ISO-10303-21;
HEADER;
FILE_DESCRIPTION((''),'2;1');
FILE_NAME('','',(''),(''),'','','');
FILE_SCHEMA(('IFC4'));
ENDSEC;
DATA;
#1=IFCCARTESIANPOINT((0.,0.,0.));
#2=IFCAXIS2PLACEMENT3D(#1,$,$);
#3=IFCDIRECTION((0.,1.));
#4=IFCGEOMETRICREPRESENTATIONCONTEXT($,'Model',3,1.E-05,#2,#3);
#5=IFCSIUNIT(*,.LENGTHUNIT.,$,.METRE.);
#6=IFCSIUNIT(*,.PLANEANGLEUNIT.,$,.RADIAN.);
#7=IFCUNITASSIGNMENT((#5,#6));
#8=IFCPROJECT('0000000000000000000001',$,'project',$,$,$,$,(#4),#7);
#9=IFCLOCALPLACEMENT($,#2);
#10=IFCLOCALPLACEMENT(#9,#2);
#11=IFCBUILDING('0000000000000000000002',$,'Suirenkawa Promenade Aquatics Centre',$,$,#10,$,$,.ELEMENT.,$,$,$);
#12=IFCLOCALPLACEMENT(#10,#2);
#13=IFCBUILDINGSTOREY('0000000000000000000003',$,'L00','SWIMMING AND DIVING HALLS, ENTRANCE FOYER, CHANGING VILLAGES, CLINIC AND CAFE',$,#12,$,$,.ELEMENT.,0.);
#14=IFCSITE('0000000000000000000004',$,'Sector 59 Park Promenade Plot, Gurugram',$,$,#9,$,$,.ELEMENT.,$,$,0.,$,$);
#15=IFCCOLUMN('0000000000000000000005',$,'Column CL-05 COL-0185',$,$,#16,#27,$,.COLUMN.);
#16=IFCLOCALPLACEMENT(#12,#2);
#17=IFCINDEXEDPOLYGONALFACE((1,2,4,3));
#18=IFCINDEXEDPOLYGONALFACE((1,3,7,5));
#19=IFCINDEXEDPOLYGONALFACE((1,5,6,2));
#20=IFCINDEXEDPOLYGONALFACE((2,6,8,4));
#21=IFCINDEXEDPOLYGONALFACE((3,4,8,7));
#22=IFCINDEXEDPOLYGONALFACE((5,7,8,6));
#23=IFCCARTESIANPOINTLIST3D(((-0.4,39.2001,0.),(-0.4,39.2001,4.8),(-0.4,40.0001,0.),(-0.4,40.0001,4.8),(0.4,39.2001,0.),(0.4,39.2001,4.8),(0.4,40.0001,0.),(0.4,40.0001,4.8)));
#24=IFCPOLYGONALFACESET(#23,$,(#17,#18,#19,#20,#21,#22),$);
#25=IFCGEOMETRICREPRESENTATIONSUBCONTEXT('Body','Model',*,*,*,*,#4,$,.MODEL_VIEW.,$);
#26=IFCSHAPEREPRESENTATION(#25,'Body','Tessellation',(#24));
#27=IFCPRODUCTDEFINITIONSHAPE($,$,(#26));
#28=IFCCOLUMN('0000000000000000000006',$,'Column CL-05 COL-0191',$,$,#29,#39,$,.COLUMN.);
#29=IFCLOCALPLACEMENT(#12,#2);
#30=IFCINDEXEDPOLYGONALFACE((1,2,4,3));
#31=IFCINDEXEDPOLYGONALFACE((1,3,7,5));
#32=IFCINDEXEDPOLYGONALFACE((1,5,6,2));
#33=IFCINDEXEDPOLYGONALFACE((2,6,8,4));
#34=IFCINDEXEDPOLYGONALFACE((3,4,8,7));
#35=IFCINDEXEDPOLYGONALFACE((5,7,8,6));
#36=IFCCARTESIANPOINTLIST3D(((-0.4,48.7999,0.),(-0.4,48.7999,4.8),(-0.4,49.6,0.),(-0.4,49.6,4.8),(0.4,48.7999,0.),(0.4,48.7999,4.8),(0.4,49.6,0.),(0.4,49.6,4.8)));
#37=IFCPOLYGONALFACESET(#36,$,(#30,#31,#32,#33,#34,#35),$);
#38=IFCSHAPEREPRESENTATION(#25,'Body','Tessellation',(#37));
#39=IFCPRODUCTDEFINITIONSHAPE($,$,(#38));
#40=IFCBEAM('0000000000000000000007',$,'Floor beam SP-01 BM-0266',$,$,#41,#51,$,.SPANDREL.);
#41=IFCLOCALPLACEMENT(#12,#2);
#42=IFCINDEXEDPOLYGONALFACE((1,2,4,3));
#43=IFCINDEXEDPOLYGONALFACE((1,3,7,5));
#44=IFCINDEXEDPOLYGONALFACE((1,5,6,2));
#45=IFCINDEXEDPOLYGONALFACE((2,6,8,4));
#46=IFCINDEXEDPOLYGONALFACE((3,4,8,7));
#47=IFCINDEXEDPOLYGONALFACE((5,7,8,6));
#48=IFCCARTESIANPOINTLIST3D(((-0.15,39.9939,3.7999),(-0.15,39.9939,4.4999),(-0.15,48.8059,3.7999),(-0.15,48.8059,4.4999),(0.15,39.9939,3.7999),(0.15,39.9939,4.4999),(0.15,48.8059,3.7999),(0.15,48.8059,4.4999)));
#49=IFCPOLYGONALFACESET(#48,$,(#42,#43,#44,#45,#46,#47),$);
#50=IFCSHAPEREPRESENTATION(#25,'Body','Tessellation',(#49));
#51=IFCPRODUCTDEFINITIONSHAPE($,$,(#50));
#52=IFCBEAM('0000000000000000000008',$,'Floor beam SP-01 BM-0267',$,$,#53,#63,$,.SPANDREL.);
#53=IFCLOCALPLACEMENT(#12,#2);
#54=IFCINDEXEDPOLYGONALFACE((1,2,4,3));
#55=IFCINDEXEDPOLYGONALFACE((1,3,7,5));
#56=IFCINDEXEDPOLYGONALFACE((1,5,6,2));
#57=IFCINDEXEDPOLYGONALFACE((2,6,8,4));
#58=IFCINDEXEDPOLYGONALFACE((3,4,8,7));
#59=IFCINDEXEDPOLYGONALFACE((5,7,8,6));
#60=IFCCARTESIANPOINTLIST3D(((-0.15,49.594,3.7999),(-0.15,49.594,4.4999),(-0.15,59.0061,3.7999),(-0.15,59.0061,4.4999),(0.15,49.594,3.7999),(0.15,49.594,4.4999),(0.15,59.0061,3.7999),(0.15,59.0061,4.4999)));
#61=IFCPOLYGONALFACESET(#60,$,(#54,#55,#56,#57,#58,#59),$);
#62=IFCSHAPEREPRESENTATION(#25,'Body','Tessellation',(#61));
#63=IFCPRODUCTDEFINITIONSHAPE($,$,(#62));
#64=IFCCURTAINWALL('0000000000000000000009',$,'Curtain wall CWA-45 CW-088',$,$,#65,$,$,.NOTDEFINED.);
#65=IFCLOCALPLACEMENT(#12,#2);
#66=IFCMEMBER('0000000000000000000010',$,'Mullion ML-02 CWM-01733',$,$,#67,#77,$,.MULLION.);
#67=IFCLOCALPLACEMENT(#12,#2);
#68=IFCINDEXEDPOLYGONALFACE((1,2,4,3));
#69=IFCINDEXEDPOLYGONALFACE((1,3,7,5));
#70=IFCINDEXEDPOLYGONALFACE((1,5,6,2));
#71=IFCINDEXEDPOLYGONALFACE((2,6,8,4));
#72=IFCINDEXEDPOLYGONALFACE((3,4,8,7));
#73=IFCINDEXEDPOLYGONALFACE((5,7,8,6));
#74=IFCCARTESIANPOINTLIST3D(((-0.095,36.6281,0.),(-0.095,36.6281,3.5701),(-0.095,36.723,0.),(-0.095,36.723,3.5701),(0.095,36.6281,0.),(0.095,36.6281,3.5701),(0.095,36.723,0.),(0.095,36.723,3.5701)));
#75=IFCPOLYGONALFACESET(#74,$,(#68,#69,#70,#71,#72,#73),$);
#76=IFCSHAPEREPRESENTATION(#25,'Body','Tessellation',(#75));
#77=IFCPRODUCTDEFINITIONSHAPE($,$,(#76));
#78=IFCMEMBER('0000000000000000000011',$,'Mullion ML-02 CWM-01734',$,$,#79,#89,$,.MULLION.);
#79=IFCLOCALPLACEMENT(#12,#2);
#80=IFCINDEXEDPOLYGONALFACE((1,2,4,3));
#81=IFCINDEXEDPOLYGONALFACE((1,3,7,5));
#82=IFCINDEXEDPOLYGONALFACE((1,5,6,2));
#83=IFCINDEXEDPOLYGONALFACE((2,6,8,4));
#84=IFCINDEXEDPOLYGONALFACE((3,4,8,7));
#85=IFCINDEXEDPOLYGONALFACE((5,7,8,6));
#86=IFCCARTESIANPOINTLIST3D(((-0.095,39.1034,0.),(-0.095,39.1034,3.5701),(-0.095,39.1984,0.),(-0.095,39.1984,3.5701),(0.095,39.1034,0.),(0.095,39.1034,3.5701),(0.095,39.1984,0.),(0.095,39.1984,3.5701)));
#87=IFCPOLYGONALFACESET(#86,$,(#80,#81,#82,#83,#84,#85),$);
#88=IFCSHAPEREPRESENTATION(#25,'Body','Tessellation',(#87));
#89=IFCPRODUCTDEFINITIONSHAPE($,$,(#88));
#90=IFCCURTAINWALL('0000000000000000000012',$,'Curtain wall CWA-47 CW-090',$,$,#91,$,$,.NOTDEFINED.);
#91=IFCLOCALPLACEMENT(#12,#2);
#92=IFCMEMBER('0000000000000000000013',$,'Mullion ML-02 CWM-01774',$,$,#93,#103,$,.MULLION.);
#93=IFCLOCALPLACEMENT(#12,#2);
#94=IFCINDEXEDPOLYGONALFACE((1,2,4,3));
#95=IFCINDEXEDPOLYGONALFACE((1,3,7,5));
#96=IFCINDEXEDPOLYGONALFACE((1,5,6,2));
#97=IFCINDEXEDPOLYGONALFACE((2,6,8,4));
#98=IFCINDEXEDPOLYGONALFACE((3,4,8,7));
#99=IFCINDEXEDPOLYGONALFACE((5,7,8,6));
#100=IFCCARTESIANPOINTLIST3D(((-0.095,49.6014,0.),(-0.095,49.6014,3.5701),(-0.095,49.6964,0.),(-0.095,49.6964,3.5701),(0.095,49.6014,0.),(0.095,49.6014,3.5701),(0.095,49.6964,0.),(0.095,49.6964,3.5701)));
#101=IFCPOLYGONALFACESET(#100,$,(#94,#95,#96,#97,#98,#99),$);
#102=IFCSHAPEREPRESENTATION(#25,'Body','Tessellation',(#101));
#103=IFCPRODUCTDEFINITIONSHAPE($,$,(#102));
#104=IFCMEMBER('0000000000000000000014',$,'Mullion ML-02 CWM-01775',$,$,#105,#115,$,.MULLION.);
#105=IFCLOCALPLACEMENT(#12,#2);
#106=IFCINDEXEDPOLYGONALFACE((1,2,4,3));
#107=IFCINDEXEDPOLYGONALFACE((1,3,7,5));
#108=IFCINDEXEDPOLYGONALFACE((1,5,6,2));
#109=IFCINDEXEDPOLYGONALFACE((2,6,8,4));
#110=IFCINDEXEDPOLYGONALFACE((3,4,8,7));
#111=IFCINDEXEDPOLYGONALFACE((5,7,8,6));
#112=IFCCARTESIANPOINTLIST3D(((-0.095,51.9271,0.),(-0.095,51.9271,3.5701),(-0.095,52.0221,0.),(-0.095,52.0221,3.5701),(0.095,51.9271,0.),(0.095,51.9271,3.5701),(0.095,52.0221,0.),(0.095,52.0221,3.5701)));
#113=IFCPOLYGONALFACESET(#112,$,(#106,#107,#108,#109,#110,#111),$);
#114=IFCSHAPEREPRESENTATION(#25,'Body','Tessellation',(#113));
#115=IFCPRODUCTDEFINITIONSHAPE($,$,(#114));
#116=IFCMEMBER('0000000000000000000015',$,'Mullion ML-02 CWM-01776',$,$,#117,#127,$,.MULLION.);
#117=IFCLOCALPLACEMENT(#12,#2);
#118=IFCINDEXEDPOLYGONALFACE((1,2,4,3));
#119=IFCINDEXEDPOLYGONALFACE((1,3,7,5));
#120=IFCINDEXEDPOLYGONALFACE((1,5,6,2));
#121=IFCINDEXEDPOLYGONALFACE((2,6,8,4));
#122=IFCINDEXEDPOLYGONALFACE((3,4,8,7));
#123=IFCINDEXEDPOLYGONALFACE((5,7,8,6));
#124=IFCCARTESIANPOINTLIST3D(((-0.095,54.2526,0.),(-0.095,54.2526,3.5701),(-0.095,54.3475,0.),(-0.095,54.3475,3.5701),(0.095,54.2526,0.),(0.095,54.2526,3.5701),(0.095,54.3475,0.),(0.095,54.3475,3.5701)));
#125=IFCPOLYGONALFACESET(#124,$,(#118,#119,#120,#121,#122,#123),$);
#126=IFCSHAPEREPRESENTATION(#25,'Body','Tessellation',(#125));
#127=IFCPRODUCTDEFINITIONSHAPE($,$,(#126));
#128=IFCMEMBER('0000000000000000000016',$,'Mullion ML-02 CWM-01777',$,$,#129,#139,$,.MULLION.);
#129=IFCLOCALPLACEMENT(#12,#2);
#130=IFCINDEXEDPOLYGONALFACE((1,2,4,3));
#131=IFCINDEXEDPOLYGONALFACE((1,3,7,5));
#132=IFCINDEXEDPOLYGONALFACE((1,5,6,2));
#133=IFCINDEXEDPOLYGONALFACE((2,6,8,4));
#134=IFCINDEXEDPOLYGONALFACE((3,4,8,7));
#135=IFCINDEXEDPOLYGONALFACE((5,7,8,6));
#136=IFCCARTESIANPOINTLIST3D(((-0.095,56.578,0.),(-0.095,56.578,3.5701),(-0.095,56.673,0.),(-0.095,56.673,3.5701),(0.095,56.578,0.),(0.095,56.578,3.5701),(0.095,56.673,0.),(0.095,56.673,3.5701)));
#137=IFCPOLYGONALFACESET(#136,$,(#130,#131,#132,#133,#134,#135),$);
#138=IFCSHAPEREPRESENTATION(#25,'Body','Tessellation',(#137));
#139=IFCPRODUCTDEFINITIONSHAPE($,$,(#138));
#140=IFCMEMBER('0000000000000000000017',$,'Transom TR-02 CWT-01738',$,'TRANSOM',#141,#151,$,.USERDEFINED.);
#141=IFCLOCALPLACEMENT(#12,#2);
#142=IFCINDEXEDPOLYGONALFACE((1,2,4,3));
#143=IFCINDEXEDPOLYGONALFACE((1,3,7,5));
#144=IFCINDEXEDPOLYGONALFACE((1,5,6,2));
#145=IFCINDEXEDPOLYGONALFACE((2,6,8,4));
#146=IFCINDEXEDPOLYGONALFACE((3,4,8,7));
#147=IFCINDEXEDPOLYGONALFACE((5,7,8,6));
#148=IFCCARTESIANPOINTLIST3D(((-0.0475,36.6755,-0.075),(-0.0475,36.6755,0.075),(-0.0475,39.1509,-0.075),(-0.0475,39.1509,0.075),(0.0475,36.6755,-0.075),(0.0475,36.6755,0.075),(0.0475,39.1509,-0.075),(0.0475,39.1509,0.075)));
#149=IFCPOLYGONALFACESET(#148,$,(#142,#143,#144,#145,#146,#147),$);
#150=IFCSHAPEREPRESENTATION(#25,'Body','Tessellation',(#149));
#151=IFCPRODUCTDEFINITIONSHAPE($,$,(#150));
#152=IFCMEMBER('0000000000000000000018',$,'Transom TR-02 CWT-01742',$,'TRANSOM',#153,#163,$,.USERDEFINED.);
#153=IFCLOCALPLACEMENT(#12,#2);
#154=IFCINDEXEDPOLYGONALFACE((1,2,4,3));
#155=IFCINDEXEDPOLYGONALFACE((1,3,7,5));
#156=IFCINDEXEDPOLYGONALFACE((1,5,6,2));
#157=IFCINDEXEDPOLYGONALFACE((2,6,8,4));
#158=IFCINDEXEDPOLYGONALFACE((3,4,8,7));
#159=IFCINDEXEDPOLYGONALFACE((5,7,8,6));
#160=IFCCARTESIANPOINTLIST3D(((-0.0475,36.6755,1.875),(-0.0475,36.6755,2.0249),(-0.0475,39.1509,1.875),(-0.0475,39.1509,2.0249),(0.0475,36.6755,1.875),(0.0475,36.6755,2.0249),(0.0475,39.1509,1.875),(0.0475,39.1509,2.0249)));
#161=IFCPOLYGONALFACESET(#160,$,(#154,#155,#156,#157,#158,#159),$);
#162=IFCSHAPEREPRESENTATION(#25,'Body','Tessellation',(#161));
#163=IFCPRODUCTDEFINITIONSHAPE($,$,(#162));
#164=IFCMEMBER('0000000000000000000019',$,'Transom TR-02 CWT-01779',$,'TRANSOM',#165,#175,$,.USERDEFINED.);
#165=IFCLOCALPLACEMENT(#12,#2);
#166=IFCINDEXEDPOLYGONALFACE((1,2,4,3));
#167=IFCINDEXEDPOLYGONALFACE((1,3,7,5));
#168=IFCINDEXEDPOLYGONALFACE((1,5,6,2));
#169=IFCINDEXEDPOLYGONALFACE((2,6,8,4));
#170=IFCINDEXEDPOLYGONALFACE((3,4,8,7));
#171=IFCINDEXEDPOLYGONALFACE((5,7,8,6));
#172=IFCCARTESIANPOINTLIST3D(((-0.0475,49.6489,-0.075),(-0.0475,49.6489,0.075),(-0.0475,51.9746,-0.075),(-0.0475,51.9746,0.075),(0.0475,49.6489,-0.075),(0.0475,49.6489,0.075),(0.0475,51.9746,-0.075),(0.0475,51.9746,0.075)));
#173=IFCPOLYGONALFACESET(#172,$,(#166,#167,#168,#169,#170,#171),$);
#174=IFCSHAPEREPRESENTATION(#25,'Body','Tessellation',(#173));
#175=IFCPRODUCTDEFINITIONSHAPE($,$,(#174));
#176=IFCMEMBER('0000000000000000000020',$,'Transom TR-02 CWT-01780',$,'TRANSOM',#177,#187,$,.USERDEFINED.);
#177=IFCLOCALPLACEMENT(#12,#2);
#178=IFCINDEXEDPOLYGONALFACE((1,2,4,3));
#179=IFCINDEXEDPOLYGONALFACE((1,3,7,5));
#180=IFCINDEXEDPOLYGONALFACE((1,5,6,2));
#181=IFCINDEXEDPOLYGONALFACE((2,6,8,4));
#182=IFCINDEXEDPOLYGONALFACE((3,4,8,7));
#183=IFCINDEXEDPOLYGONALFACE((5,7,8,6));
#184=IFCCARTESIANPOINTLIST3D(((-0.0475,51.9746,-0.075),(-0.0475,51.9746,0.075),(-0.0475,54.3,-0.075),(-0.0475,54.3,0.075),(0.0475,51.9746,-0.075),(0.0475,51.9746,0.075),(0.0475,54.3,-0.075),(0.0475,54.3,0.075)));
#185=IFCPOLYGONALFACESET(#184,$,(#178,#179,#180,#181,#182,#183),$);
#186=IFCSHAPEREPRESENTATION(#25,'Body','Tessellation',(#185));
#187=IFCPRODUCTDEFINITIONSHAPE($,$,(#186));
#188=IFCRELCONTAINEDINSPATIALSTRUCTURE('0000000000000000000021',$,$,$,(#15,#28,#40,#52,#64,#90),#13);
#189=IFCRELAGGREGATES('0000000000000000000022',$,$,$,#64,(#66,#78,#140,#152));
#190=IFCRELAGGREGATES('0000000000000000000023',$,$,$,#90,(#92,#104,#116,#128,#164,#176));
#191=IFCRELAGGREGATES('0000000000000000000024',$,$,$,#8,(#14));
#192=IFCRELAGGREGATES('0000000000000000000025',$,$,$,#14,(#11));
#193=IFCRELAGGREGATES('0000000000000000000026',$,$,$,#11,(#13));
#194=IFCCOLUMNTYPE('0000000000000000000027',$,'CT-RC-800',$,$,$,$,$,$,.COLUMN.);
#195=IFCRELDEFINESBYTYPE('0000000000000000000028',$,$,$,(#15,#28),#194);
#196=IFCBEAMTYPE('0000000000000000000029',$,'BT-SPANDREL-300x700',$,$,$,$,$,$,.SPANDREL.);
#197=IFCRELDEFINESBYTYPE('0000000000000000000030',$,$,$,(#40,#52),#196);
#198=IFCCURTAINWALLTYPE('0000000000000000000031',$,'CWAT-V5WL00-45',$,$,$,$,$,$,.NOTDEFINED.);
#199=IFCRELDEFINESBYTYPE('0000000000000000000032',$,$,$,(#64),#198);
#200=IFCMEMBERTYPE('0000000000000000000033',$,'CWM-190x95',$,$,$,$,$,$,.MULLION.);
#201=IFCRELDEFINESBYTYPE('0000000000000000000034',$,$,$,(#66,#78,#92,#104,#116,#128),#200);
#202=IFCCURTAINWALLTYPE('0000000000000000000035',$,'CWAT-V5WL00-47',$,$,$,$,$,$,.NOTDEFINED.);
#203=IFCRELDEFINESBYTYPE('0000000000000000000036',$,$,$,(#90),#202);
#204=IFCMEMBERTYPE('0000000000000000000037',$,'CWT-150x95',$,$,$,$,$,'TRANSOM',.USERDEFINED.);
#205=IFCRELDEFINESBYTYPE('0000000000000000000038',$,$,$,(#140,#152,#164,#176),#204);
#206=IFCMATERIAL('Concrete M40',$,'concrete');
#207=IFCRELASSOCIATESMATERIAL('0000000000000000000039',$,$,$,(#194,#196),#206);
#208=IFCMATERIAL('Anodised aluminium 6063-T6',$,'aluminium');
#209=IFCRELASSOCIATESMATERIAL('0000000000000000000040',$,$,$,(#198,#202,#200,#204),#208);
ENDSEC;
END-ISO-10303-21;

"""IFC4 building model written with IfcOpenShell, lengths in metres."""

from ifc_helpers import new_model, si_unit, direction, frame, origin, origin_2d, place, context, subcontext, project, spatial, rectangle, extrude, material, material_profile, profile_set, type_object, element, aggregate, save


model = new_model("IFC4")

# Units and contexts
model_context = context("Model", 3, precision=1e-05, world=origin(), true_north=direction((0.0, 1.0)))
body_context = subcontext(model_context, "Body", "Model", "MODEL_VIEW")
ifc_project = project(units=[si_unit("LENGTHUNIT", "METRE"), si_unit("PLANEANGLEUNIT", "RADIAN")], contexts=[model_context])

# Site, building, storey
site_placement = place(None, origin())
site = spatial("IfcSite", under=ifc_project, at=site_placement, Name="Sector 59 Park Promenade Plot, Gurugram", CompositionType="ELEMENT", RefElevation=0.0)
building_placement = place(site_placement, origin())
building = spatial("IfcBuilding", under=site, at=building_placement, Name="Suirenkawa Promenade Aquatics Centre", CompositionType="ELEMENT")
storey_placement = place(building_placement, origin())
storey = spatial("IfcBuildingStorey", under=building, at=storey_placement, Name="L00", Description="SWIMMING AND DIVING HALLS, ENTRANCE FOYER, CHANGING VILLAGES, CLINIC AND CAFE", CompositionType="ELEMENT", Elevation=0.0)

# Columns
ifc_material_1 = material(Name="Concrete M40", Category="concrete")
ifc_material_profile_1 = material_profile(ifc_material_1, rectangle(XDim=0.8, YDim=0.8, at=origin_2d()), Name="RC COL 800x800", Category="concrete")
ifc_profile_set_1 = profile_set([ifc_material_profile_1], Name="Concrete M40")
column_type = type_object("IfcColumnType", Name="CT-RC-800", PredefinedType="COLUMN", material=ifc_profile_set_1)
for number, where, z_axis, x_axis, name in (
    (1, (0.0, 39.6001, 0.0), (0.0, 0.0, 1.0), (1.0, 0.0, 0.0), "Column CL-05 COL-0185"),
    (2, (0.0, 49.2, 0.0), (0.0, 0.0, 1.0), (1.0, 0.0, 0.0), "Column CL-05 COL-0191"),
):
    element("IfcColumn", number, at=place(storey_placement, frame(where, z_axis=z_axis, x_axis=x_axis)), inside=storey, type_object=column_type, Name=name, PredefinedType="COLUMN", context=body_context, shape_type="SweptSolid", body=[
        extrude(rectangle(XDim=0.8, YDim=0.8, at=origin_2d()), origin(), (0.0, 0.0, 1.0), 4.8),
    ])

# Beams
ifc_material_profile_2 = material_profile(ifc_material_1, rectangle(XDim=0.3, YDim=0.7, at=origin_2d()), Name="RC SPANDREL 300x700", Category="concrete")
ifc_profile_set_2 = profile_set([ifc_material_profile_2], Name="Concrete M40")
beam_type = type_object("IfcBeamType", Name="BT-SPANDREL-300x700", PredefinedType="SPANDREL", material=ifc_profile_set_2)
beam_1_placement = place(storey_placement, frame((0.0, 39.9939, 4.1499), z_axis=(0.0, 1.0, 0.0), x_axis=(-1.0, 0.0, 0.0)))
element("IfcBeam", 3, at=beam_1_placement, inside=storey, type_object=beam_type, Name="Floor beam SP-01 BM-0266", PredefinedType="SPANDREL", context=body_context, shape_type="SweptSolid", body=[
    extrude(rectangle(XDim=0.3, YDim=0.7, at=origin_2d()), origin(), (0.0, 0.0, 1.0), 8.812),
])
beam_2_placement = place(storey_placement, frame((0.0, 49.594, 4.1499), z_axis=(0.0, 1.0, 0.0), x_axis=(-1.0, 0.0, 0.0)))
element("IfcBeam", 4, at=beam_2_placement, inside=storey, type_object=beam_type, Name="Floor beam SP-01 BM-0267", PredefinedType="SPANDREL", context=body_context, shape_type="SweptSolid", body=[
    extrude(rectangle(XDim=0.3, YDim=0.7, at=origin_2d()), origin(), (0.0, 0.0, 1.0), 9.4121),
])

# Curtain walls, members
ifc_material_2 = material(Name="Anodised aluminium 6063-T6", Category="aluminium")
curtain_wall_type_1 = type_object("IfcCurtainWallType", Name="CWAT-V5WL00-45", PredefinedType="NOTDEFINED", material=ifc_material_2)
curtain_wall_1_placement = place(storey_placement, origin())
curtain_wall_1 = element("IfcCurtainWall", 5, at=curtain_wall_1_placement, inside=storey, type_object=curtain_wall_type_1, Name="Curtain wall CWA-45 CW-088", PredefinedType="NOTDEFINED")
ifc_material_profile_3 = material_profile(ifc_material_2, rectangle(XDim=0.095, YDim=0.1899, at=origin_2d()), Name="ALU MULL 95x190", Category="aluminium")
ifc_profile_set_3 = profile_set([ifc_material_profile_3], Name="Anodised aluminium 6063-T6")
member_type_1 = type_object("IfcMemberType", Name="CWM-190x95", PredefinedType="MULLION", material=ifc_profile_set_3)
member_1_placement = place(storey_placement, frame((0.0, 36.6755, 0.0), z_axis=(0.0, 0.0, 1.0), x_axis=(0.0, 1.0, 0.0)))
member_1 = element("IfcMember", 6, at=member_1_placement, type_object=member_type_1, Name="Mullion ML-02 CWM-01733", PredefinedType="MULLION", context=body_context, shape_type="SweptSolid", body=[
    extrude(rectangle(XDim=0.095, YDim=0.1899, at=origin_2d()), origin(), (0.0, 0.0, 1.0), 3.5701),
])
member_2_placement = place(storey_placement, frame((0.0, 39.1509, 0.0), z_axis=(0.0, 0.0, 1.0), x_axis=(0.0, 1.0, 0.0)))
member_2 = element("IfcMember", 7, at=member_2_placement, type_object=member_type_1, Name="Mullion ML-02 CWM-01734", PredefinedType="MULLION", context=body_context, shape_type="SweptSolid", body=[
    extrude(rectangle(XDim=0.095, YDim=0.1899, at=origin_2d()), origin(), (0.0, 0.0, 1.0), 3.5701),
])
curtain_wall_type_2 = type_object("IfcCurtainWallType", Name="CWAT-V5WL00-47", PredefinedType="NOTDEFINED", material=ifc_material_2)
curtain_wall_2_placement = place(storey_placement, origin())
curtain_wall_2 = element("IfcCurtainWall", 8, at=curtain_wall_2_placement, inside=storey, type_object=curtain_wall_type_2, Name="Curtain wall CWA-47 CW-090", PredefinedType="NOTDEFINED")
member_3_placement = place(storey_placement, frame((0.0, 49.6489, 0.0), z_axis=(0.0, 0.0, 1.0), x_axis=(0.0, 1.0, 0.0)))
member_3 = element("IfcMember", 9, at=member_3_placement, type_object=member_type_1, Name="Mullion ML-02 CWM-01774", PredefinedType="MULLION", context=body_context, shape_type="SweptSolid", body=[
    extrude(rectangle(XDim=0.095, YDim=0.1899, at=origin_2d()), origin(), (0.0, 0.0, 1.0), 3.5701),
])
member_4_placement = place(storey_placement, frame((0.0, 51.9746, 0.0), z_axis=(0.0, 0.0, 1.0), x_axis=(0.0, 1.0, 0.0)))
member_4 = element("IfcMember", 10, at=member_4_placement, type_object=member_type_1, Name="Mullion ML-02 CWM-01775", PredefinedType="MULLION", context=body_context, shape_type="SweptSolid", body=[
    extrude(rectangle(XDim=0.095, YDim=0.1899, at=origin_2d()), origin(), (0.0, 0.0, 1.0), 3.5701),
])
member_5_placement = place(storey_placement, frame((0.0, 54.3, 0.0), z_axis=(0.0, 0.0, 1.0), x_axis=(0.0, 1.0, 0.0)))
member_5 = element("IfcMember", 11, at=member_5_placement, type_object=member_type_1, Name="Mullion ML-02 CWM-01776", PredefinedType="MULLION", context=body_context, shape_type="SweptSolid", body=[
    extrude(rectangle(XDim=0.095, YDim=0.1899, at=origin_2d()), origin(), (0.0, 0.0, 1.0), 3.5701),
])
member_6_placement = place(storey_placement, frame((0.0, 56.6255, 0.0), z_axis=(0.0, 0.0, 1.0), x_axis=(0.0, 1.0, 0.0)))
member_6 = element("IfcMember", 12, at=member_6_placement, type_object=member_type_1, Name="Mullion ML-02 CWM-01777", PredefinedType="MULLION", context=body_context, shape_type="SweptSolid", body=[
    extrude(rectangle(XDim=0.095, YDim=0.1899, at=origin_2d()), origin(), (0.0, 0.0, 1.0), 3.5701),
])

# Members
ifc_material_profile_4 = material_profile(ifc_material_2, rectangle(XDim=0.095, YDim=0.1499, at=origin_2d()), Name="ALU TRAN 95x150", Category="aluminium")
ifc_profile_set_4 = profile_set([ifc_material_profile_4], Name="Anodised aluminium 6063-T6")
member_type_2 = type_object("IfcMemberType", Name="CWT-150x95", ElementType="TRANSOM", PredefinedType="USERDEFINED", material=ifc_profile_set_4)
member_7_placement = place(storey_placement, frame((0.0, 36.6755, 0.0), z_axis=(0.0, 1.0, 0.0), x_axis=(-1.0, 0.0, 0.0)))
member_7 = element("IfcMember", 13, at=member_7_placement, type_object=member_type_2, Name="Transom TR-02 CWT-01738", ObjectType="TRANSOM", PredefinedType="USERDEFINED", context=body_context, shape_type="SweptSolid", body=[
    extrude(rectangle(XDim=0.095, YDim=0.1499, at=origin_2d()), origin(), (0.0, 0.0, 1.0), 2.4753),
])
member_8_placement = place(storey_placement, frame((0.0, 36.6755, 1.95), z_axis=(0.0, 1.0, 0.0), x_axis=(-1.0, 0.0, 0.0)))
member_8 = element("IfcMember", 14, at=member_8_placement, type_object=member_type_2, Name="Transom TR-02 CWT-01742", ObjectType="TRANSOM", PredefinedType="USERDEFINED", context=body_context, shape_type="SweptSolid", body=[
    extrude(rectangle(XDim=0.095, YDim=0.1499, at=origin_2d()), origin(), (0.0, 0.0, 1.0), 2.4753),
])
member_9_placement = place(storey_placement, frame((0.0, 49.6489, 0.0), z_axis=(0.0, 1.0, 0.0), x_axis=(-1.0, 0.0, 0.0)))
member_9 = element("IfcMember", 15, at=member_9_placement, type_object=member_type_2, Name="Transom TR-02 CWT-01779", ObjectType="TRANSOM", PredefinedType="USERDEFINED", context=body_context, shape_type="SweptSolid", body=[
    extrude(rectangle(XDim=0.095, YDim=0.1499, at=origin_2d()), origin(), (0.0, 0.0, 1.0), 2.3257),
])
member_10_placement = place(storey_placement, frame((0.0, 51.9746, 0.0), z_axis=(0.0, 1.0, 0.0), x_axis=(-1.0, 0.0, 0.0)))
member_10 = element("IfcMember", 16, at=member_10_placement, type_object=member_type_2, Name="Transom TR-02 CWT-01780", ObjectType="TRANSOM", PredefinedType="USERDEFINED", context=body_context, shape_type="SweptSolid", body=[
    extrude(rectangle(XDim=0.095, YDim=0.1499, at=origin_2d()), origin(), (0.0, 0.0, 1.0), 2.3254),
])

aggregate(curtain_wall_1, [member_1, member_2, member_7, member_8])
aggregate(curtain_wall_2, [member_3, member_4, member_5, member_6, member_9, member_10])

save(model, "model.ifc")
